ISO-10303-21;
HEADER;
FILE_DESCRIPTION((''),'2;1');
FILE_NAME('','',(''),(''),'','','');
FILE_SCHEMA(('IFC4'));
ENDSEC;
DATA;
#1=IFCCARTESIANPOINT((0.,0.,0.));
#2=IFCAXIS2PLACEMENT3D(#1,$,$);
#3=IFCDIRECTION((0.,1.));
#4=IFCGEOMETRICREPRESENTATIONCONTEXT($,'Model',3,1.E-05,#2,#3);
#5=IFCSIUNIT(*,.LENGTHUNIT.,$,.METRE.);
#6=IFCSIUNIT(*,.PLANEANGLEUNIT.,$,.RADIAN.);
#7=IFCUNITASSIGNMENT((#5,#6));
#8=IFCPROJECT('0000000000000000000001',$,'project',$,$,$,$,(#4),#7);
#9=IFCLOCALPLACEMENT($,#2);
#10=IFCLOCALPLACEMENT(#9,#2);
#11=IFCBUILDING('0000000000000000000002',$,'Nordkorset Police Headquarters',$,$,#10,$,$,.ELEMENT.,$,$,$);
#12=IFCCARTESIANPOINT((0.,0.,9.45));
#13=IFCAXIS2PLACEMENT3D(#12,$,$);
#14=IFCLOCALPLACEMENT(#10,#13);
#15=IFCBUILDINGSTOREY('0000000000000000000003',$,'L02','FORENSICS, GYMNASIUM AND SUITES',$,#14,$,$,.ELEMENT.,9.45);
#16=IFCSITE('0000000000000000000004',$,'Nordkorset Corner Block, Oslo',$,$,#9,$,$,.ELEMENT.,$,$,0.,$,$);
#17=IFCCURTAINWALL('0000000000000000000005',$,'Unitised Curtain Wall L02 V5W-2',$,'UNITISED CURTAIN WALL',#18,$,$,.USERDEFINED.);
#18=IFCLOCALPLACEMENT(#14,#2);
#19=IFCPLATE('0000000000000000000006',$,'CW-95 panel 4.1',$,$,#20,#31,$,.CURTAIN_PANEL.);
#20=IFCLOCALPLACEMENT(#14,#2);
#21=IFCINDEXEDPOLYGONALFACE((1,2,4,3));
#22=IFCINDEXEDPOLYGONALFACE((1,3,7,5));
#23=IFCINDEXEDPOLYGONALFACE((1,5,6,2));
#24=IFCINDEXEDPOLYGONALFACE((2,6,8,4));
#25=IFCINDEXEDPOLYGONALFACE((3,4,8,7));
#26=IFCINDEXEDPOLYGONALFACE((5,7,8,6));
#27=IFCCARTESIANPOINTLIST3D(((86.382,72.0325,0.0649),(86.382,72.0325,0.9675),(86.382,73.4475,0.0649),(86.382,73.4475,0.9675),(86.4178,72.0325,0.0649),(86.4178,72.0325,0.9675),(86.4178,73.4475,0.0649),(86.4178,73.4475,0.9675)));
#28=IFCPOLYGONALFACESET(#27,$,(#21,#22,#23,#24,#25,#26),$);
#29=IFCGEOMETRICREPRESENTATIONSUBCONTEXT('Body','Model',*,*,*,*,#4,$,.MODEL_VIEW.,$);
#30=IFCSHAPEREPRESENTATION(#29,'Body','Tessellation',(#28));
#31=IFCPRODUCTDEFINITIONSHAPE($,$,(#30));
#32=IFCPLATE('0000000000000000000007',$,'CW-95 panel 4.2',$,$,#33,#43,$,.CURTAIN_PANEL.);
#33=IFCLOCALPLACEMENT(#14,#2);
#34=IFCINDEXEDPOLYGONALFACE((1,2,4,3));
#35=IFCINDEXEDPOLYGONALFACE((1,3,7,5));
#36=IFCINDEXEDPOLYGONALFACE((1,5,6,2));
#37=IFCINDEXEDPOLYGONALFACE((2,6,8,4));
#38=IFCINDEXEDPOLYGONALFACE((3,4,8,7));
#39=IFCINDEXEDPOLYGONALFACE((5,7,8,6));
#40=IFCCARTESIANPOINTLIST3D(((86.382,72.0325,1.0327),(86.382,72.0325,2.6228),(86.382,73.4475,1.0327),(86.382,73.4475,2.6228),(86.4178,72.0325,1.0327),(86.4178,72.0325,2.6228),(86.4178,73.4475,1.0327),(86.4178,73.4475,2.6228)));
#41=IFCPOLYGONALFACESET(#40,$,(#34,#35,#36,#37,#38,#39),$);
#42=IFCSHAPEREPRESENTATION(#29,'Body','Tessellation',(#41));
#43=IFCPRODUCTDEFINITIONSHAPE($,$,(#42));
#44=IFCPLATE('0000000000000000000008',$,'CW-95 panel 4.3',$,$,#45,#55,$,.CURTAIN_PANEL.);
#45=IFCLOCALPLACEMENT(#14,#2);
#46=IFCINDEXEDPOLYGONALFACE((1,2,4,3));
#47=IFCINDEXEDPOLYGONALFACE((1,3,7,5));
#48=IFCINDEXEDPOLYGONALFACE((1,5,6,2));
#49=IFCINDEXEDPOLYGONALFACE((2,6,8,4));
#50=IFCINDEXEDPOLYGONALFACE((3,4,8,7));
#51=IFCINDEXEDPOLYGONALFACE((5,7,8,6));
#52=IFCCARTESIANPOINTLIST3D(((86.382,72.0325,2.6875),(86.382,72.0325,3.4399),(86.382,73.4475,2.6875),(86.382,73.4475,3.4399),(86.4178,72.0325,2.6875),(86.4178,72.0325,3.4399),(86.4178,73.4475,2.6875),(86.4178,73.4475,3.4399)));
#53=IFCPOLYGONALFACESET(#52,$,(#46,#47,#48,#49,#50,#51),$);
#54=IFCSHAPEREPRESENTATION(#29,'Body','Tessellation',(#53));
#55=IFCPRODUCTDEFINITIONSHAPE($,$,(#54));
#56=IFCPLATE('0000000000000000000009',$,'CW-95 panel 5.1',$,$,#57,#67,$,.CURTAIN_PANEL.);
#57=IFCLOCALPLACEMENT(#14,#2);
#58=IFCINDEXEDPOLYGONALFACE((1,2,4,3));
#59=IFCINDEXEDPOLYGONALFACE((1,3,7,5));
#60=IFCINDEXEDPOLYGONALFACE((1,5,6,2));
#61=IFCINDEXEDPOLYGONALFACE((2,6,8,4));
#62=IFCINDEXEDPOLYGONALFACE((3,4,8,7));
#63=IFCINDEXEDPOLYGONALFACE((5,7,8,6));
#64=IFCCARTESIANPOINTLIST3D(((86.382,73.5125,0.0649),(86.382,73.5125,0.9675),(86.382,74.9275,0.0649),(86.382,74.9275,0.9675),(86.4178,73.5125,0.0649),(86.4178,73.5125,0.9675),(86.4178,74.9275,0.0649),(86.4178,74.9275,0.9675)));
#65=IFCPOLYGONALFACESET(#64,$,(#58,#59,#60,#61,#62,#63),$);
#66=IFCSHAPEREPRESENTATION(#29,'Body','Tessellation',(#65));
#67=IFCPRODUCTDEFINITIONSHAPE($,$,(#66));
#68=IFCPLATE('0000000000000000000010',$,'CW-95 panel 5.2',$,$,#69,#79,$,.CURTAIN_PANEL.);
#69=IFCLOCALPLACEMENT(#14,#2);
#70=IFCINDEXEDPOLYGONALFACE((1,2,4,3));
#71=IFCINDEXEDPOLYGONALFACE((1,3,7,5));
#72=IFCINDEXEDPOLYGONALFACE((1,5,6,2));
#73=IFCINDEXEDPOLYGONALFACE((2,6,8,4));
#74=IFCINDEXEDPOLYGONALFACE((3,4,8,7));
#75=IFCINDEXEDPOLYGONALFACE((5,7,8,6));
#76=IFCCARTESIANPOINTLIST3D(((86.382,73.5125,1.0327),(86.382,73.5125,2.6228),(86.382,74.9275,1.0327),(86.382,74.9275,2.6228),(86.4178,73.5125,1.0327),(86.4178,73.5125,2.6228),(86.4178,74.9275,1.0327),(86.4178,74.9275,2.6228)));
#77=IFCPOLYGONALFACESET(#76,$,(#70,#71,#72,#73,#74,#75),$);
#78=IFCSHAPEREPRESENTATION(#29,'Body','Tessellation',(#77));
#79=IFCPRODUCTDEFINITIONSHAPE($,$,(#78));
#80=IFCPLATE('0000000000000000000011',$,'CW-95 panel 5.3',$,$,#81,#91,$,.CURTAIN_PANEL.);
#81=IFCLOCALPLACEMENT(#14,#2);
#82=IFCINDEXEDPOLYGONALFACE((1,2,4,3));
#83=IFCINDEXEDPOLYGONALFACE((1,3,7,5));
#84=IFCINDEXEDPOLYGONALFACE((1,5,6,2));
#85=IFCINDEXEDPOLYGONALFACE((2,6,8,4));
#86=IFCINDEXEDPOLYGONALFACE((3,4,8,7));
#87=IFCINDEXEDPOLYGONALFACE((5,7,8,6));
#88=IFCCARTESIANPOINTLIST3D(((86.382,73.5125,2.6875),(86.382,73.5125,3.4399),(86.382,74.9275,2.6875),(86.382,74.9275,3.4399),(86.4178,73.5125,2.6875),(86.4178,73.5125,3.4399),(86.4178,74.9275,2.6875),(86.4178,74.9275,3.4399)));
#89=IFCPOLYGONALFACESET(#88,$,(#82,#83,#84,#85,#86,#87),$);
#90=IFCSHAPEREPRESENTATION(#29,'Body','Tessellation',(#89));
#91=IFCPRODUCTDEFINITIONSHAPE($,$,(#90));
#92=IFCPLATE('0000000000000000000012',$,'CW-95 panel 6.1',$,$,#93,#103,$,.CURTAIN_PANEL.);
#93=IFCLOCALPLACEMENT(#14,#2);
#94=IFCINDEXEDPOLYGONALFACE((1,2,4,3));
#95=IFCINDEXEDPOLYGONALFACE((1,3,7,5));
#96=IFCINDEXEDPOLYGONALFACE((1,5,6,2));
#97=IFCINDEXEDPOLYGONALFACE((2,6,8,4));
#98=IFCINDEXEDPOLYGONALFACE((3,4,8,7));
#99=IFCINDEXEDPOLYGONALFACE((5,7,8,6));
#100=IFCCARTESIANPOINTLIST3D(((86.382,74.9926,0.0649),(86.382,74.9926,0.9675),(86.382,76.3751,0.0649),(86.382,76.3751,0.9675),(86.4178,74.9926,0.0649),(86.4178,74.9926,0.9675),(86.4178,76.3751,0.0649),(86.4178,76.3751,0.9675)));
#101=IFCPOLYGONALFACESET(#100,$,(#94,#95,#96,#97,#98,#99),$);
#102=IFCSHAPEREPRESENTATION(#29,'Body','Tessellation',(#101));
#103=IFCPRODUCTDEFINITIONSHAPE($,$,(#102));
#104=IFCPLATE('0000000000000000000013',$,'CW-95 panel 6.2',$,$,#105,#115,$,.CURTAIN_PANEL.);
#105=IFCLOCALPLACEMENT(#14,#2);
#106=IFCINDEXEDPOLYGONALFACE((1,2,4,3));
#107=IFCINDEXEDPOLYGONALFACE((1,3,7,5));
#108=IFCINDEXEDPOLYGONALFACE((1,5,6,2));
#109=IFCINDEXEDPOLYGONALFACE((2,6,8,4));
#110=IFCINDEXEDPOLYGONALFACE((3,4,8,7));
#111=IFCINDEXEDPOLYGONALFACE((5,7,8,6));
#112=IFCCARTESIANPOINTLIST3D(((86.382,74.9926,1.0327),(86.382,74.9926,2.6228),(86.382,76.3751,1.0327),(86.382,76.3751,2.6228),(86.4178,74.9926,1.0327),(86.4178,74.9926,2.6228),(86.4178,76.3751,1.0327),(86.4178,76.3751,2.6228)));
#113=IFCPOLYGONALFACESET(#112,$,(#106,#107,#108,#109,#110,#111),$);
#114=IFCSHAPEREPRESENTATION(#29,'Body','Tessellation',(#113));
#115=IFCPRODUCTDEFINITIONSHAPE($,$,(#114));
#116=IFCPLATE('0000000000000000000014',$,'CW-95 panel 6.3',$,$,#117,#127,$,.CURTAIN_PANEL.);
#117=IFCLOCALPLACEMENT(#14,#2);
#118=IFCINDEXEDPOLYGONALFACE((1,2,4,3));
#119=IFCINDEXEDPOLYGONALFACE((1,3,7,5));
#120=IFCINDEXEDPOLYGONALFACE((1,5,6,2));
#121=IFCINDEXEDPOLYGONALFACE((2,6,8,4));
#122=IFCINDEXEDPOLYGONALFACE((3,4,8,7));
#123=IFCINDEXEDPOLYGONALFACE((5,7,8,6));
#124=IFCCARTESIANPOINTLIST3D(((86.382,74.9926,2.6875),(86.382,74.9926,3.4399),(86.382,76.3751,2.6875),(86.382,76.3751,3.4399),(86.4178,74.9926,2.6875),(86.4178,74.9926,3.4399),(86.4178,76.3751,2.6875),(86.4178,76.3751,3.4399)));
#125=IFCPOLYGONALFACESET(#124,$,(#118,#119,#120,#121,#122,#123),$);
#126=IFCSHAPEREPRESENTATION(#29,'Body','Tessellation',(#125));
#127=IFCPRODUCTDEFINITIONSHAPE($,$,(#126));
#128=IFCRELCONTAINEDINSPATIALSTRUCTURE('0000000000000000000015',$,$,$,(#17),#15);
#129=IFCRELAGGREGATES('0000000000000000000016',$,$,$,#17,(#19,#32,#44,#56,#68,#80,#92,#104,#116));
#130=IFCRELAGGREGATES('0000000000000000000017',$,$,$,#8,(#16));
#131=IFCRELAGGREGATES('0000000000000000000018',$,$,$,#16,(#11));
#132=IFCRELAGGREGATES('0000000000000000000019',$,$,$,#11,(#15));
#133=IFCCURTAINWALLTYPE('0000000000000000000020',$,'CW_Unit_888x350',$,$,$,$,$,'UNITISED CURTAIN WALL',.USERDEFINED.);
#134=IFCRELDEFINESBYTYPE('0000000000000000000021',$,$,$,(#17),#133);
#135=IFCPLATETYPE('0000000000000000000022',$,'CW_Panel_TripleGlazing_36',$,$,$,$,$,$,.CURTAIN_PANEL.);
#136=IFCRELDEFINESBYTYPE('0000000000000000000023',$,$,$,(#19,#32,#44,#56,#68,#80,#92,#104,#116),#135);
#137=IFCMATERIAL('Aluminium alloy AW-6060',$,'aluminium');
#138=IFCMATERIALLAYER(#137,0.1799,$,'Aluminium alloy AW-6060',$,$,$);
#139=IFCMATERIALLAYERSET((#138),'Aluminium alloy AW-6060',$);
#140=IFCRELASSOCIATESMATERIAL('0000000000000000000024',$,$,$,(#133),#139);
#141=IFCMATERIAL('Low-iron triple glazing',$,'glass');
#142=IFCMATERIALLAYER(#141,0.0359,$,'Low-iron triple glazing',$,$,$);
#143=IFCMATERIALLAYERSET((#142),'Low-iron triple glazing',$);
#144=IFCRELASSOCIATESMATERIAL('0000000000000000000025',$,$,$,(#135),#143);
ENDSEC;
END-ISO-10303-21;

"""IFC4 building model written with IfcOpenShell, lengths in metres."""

from ifc_helpers import new_model, si_unit, direction, frame, origin, origin_2d, place, context, subcontext, project, spatial, rectangle, extrude, material, layer, layer_set, type_object, element, aggregate, save


model = new_model("IFC4")

# Units and contexts
model_context = context("Model", 3, precision=1e-05, world=origin(), true_north=direction((0.0, 1.0)))
body_context = subcontext(model_context, "Body", "Model", "MODEL_VIEW")
ifc_project = project(units=[si_unit("LENGTHUNIT", "METRE"), si_unit("PLANEANGLEUNIT", "RADIAN")], contexts=[model_context])

# Site, building, storey
site_placement = place(None, origin())
site = spatial("IfcSite", under=ifc_project, at=site_placement, Name="Nordkorset Corner Block, Oslo", CompositionType="ELEMENT", RefElevation=0.0)
building_placement = place(site_placement, origin())
building = spatial("IfcBuilding", under=site, at=building_placement, Name="Nordkorset Police Headquarters", CompositionType="ELEMENT")
storey_placement = place(building_placement, frame((0.0, 0.0, 9.45)))
storey = spatial("IfcBuildingStorey", under=building, at=storey_placement, Name="L02", Description="FORENSICS, GYMNASIUM AND SUITES", CompositionType="ELEMENT", Elevation=9.45)

# Curtain wall, plates
ifc_material_1 = material(Name="Aluminium alloy AW-6060", Category="aluminium")
ifc_layer_1 = layer(ifc_material_1, 0.1799, Name="Aluminium alloy AW-6060")
ifc_layer_set_1 = layer_set([ifc_layer_1], Name="Aluminium alloy AW-6060")
curtain_wall_type = type_object("IfcCurtainWallType", Name="CW_Unit_888x350", ElementType="UNITISED CURTAIN WALL", PredefinedType="USERDEFINED", material=ifc_layer_set_1)
curtain_wall_placement = place(storey_placement, origin())
curtain_wall = element("IfcCurtainWall", 1, at=curtain_wall_placement, inside=storey, type_object=curtain_wall_type, Name="Unitised Curtain Wall L02 V5W-2", ObjectType="UNITISED CURTAIN WALL", PredefinedType="USERDEFINED")
ifc_material_2 = material(Name="Low-iron triple glazing", Category="glass")
ifc_layer_2 = layer(ifc_material_2, 0.0359, Name="Low-iron triple glazing")
ifc_layer_set_2 = layer_set([ifc_layer_2], Name="Low-iron triple glazing")
plate_type = type_object("IfcPlateType", Name="CW_Panel_TripleGlazing_36", PredefinedType="CURTAIN_PANEL", material=ifc_layer_set_2)
plate_1_placement = place(storey_placement, frame((86.3999, 72.74, 0.0649), z_axis=(0.0, 0.0, 1.0), x_axis=(0.0, 1.0, 0.0)))
plate_1 = element("IfcPlate", 2, at=plate_1_placement, type_object=plate_type, Name="CW-95 panel 4.1", PredefinedType="CURTAIN_PANEL", context=body_context, shape_type="SweptSolid", body=[
    extrude(rectangle(XDim=1.415, YDim=0.0359, at=origin_2d()), origin(), (0.0, 0.0, 1.0), 0.9026),
])
plate_2_placement = place(storey_placement, frame((86.3999, 72.74, 1.0327), z_axis=(0.0, 0.0, 1.0), x_axis=(0.0, 1.0, 0.0)))
plate_2 = element("IfcPlate", 3, at=plate_2_placement, type_object=plate_type, Name="CW-95 panel 4.2", PredefinedType="CURTAIN_PANEL", context=body_context, shape_type="SweptSolid", body=[
    extrude(rectangle(XDim=1.415, YDim=0.0359, at=origin_2d()), origin(), (0.0, 0.0, 1.0), 1.5901),
])
plate_3_placement = place(storey_placement, frame((86.3999, 72.74, 2.6875), z_axis=(0.0, 0.0, 1.0), x_axis=(0.0, 1.0, 0.0)))
plate_3 = element("IfcPlate", 4, at=plate_3_placement, type_object=plate_type, Name="CW-95 panel 4.3", PredefinedType="CURTAIN_PANEL", context=body_context, shape_type="SweptSolid", body=[
    extrude(rectangle(XDim=1.415, YDim=0.0359, at=origin_2d()), origin(), (0.0, 0.0, 1.0), 0.7524),
])
plate_4_placement = place(storey_placement, frame((86.3999, 74.22, 0.0649), z_axis=(0.0, 0.0, 1.0), x_axis=(0.0, 1.0, 0.0)))
plate_4 = element("IfcPlate", 5, at=plate_4_placement, type_object=plate_type, Name="CW-95 panel 5.1", PredefinedType="CURTAIN_PANEL", context=body_context, shape_type="SweptSolid", body=[
    extrude(rectangle(XDim=1.415, YDim=0.0359, at=origin_2d()), origin(), (0.0, 0.0, 1.0), 0.9026),
])
plate_5_placement = place(storey_placement, frame((86.3999, 74.22, 1.0327), z_axis=(0.0, 0.0, 1.0), x_axis=(0.0, 1.0, 0.0)))
plate_5 = element("IfcPlate", 6, at=plate_5_placement, type_object=plate_type, Name="CW-95 panel 5.2", PredefinedType="CURTAIN_PANEL", context=body_context, shape_type="SweptSolid", body=[
    extrude(rectangle(XDim=1.415, YDim=0.0359, at=origin_2d()), origin(), (0.0, 0.0, 1.0), 1.5901),
])
plate_6_placement = place(storey_placement, frame((86.3999, 74.22, 2.6875), z_axis=(0.0, 0.0, 1.0), x_axis=(0.0, 1.0, 0.0)))
plate_6 = element("IfcPlate", 7, at=plate_6_placement, type_object=plate_type, Name="CW-95 panel 5.3", PredefinedType="CURTAIN_PANEL", context=body_context, shape_type="SweptSolid", body=[
    extrude(rectangle(XDim=1.415, YDim=0.0359, at=origin_2d()), origin(), (0.0, 0.0, 1.0), 0.7524),
])
plate_7_placement = place(storey_placement, frame((86.3999, 75.6838, 0.0649), z_axis=(0.0, 0.0, 1.0), x_axis=(0.0, 1.0, 0.0)))
plate_7 = element("IfcPlate", 8, at=plate_7_placement, type_object=plate_type, Name="CW-95 panel 6.1", PredefinedType="CURTAIN_PANEL", context=body_context, shape_type="SweptSolid", body=[
    extrude(rectangle(XDim=1.3826, YDim=0.0359, at=origin_2d()), origin(), (0.0, 0.0, 1.0), 0.9026),
])
plate_8_placement = place(storey_placement, frame((86.3999, 75.6838, 1.0327), z_axis=(0.0, 0.0, 1.0), x_axis=(0.0, 1.0, 0.0)))
plate_8 = element("IfcPlate", 9, at=plate_8_placement, type_object=plate_type, Name="CW-95 panel 6.2", PredefinedType="CURTAIN_PANEL", context=body_context, shape_type="SweptSolid", body=[
    extrude(rectangle(XDim=1.3826, YDim=0.0359, at=origin_2d()), origin(), (0.0, 0.0, 1.0), 1.5901),
])
plate_9_placement = place(storey_placement, frame((86.3999, 75.6838, 2.6875), z_axis=(0.0, 0.0, 1.0), x_axis=(0.0, 1.0, 0.0)))
plate_9 = element("IfcPlate", 10, at=plate_9_placement, type_object=plate_type, Name="CW-95 panel 6.3", PredefinedType="CURTAIN_PANEL", context=body_context, shape_type="SweptSolid", body=[
    extrude(rectangle(XDim=1.3826, YDim=0.0359, at=origin_2d()), origin(), (0.0, 0.0, 1.0), 0.7524),
])
aggregate(curtain_wall, [plate_1, plate_2, plate_3, plate_4, plate_5, plate_6, plate_7, plate_8, plate_9])

save(model, "model.ifc")
